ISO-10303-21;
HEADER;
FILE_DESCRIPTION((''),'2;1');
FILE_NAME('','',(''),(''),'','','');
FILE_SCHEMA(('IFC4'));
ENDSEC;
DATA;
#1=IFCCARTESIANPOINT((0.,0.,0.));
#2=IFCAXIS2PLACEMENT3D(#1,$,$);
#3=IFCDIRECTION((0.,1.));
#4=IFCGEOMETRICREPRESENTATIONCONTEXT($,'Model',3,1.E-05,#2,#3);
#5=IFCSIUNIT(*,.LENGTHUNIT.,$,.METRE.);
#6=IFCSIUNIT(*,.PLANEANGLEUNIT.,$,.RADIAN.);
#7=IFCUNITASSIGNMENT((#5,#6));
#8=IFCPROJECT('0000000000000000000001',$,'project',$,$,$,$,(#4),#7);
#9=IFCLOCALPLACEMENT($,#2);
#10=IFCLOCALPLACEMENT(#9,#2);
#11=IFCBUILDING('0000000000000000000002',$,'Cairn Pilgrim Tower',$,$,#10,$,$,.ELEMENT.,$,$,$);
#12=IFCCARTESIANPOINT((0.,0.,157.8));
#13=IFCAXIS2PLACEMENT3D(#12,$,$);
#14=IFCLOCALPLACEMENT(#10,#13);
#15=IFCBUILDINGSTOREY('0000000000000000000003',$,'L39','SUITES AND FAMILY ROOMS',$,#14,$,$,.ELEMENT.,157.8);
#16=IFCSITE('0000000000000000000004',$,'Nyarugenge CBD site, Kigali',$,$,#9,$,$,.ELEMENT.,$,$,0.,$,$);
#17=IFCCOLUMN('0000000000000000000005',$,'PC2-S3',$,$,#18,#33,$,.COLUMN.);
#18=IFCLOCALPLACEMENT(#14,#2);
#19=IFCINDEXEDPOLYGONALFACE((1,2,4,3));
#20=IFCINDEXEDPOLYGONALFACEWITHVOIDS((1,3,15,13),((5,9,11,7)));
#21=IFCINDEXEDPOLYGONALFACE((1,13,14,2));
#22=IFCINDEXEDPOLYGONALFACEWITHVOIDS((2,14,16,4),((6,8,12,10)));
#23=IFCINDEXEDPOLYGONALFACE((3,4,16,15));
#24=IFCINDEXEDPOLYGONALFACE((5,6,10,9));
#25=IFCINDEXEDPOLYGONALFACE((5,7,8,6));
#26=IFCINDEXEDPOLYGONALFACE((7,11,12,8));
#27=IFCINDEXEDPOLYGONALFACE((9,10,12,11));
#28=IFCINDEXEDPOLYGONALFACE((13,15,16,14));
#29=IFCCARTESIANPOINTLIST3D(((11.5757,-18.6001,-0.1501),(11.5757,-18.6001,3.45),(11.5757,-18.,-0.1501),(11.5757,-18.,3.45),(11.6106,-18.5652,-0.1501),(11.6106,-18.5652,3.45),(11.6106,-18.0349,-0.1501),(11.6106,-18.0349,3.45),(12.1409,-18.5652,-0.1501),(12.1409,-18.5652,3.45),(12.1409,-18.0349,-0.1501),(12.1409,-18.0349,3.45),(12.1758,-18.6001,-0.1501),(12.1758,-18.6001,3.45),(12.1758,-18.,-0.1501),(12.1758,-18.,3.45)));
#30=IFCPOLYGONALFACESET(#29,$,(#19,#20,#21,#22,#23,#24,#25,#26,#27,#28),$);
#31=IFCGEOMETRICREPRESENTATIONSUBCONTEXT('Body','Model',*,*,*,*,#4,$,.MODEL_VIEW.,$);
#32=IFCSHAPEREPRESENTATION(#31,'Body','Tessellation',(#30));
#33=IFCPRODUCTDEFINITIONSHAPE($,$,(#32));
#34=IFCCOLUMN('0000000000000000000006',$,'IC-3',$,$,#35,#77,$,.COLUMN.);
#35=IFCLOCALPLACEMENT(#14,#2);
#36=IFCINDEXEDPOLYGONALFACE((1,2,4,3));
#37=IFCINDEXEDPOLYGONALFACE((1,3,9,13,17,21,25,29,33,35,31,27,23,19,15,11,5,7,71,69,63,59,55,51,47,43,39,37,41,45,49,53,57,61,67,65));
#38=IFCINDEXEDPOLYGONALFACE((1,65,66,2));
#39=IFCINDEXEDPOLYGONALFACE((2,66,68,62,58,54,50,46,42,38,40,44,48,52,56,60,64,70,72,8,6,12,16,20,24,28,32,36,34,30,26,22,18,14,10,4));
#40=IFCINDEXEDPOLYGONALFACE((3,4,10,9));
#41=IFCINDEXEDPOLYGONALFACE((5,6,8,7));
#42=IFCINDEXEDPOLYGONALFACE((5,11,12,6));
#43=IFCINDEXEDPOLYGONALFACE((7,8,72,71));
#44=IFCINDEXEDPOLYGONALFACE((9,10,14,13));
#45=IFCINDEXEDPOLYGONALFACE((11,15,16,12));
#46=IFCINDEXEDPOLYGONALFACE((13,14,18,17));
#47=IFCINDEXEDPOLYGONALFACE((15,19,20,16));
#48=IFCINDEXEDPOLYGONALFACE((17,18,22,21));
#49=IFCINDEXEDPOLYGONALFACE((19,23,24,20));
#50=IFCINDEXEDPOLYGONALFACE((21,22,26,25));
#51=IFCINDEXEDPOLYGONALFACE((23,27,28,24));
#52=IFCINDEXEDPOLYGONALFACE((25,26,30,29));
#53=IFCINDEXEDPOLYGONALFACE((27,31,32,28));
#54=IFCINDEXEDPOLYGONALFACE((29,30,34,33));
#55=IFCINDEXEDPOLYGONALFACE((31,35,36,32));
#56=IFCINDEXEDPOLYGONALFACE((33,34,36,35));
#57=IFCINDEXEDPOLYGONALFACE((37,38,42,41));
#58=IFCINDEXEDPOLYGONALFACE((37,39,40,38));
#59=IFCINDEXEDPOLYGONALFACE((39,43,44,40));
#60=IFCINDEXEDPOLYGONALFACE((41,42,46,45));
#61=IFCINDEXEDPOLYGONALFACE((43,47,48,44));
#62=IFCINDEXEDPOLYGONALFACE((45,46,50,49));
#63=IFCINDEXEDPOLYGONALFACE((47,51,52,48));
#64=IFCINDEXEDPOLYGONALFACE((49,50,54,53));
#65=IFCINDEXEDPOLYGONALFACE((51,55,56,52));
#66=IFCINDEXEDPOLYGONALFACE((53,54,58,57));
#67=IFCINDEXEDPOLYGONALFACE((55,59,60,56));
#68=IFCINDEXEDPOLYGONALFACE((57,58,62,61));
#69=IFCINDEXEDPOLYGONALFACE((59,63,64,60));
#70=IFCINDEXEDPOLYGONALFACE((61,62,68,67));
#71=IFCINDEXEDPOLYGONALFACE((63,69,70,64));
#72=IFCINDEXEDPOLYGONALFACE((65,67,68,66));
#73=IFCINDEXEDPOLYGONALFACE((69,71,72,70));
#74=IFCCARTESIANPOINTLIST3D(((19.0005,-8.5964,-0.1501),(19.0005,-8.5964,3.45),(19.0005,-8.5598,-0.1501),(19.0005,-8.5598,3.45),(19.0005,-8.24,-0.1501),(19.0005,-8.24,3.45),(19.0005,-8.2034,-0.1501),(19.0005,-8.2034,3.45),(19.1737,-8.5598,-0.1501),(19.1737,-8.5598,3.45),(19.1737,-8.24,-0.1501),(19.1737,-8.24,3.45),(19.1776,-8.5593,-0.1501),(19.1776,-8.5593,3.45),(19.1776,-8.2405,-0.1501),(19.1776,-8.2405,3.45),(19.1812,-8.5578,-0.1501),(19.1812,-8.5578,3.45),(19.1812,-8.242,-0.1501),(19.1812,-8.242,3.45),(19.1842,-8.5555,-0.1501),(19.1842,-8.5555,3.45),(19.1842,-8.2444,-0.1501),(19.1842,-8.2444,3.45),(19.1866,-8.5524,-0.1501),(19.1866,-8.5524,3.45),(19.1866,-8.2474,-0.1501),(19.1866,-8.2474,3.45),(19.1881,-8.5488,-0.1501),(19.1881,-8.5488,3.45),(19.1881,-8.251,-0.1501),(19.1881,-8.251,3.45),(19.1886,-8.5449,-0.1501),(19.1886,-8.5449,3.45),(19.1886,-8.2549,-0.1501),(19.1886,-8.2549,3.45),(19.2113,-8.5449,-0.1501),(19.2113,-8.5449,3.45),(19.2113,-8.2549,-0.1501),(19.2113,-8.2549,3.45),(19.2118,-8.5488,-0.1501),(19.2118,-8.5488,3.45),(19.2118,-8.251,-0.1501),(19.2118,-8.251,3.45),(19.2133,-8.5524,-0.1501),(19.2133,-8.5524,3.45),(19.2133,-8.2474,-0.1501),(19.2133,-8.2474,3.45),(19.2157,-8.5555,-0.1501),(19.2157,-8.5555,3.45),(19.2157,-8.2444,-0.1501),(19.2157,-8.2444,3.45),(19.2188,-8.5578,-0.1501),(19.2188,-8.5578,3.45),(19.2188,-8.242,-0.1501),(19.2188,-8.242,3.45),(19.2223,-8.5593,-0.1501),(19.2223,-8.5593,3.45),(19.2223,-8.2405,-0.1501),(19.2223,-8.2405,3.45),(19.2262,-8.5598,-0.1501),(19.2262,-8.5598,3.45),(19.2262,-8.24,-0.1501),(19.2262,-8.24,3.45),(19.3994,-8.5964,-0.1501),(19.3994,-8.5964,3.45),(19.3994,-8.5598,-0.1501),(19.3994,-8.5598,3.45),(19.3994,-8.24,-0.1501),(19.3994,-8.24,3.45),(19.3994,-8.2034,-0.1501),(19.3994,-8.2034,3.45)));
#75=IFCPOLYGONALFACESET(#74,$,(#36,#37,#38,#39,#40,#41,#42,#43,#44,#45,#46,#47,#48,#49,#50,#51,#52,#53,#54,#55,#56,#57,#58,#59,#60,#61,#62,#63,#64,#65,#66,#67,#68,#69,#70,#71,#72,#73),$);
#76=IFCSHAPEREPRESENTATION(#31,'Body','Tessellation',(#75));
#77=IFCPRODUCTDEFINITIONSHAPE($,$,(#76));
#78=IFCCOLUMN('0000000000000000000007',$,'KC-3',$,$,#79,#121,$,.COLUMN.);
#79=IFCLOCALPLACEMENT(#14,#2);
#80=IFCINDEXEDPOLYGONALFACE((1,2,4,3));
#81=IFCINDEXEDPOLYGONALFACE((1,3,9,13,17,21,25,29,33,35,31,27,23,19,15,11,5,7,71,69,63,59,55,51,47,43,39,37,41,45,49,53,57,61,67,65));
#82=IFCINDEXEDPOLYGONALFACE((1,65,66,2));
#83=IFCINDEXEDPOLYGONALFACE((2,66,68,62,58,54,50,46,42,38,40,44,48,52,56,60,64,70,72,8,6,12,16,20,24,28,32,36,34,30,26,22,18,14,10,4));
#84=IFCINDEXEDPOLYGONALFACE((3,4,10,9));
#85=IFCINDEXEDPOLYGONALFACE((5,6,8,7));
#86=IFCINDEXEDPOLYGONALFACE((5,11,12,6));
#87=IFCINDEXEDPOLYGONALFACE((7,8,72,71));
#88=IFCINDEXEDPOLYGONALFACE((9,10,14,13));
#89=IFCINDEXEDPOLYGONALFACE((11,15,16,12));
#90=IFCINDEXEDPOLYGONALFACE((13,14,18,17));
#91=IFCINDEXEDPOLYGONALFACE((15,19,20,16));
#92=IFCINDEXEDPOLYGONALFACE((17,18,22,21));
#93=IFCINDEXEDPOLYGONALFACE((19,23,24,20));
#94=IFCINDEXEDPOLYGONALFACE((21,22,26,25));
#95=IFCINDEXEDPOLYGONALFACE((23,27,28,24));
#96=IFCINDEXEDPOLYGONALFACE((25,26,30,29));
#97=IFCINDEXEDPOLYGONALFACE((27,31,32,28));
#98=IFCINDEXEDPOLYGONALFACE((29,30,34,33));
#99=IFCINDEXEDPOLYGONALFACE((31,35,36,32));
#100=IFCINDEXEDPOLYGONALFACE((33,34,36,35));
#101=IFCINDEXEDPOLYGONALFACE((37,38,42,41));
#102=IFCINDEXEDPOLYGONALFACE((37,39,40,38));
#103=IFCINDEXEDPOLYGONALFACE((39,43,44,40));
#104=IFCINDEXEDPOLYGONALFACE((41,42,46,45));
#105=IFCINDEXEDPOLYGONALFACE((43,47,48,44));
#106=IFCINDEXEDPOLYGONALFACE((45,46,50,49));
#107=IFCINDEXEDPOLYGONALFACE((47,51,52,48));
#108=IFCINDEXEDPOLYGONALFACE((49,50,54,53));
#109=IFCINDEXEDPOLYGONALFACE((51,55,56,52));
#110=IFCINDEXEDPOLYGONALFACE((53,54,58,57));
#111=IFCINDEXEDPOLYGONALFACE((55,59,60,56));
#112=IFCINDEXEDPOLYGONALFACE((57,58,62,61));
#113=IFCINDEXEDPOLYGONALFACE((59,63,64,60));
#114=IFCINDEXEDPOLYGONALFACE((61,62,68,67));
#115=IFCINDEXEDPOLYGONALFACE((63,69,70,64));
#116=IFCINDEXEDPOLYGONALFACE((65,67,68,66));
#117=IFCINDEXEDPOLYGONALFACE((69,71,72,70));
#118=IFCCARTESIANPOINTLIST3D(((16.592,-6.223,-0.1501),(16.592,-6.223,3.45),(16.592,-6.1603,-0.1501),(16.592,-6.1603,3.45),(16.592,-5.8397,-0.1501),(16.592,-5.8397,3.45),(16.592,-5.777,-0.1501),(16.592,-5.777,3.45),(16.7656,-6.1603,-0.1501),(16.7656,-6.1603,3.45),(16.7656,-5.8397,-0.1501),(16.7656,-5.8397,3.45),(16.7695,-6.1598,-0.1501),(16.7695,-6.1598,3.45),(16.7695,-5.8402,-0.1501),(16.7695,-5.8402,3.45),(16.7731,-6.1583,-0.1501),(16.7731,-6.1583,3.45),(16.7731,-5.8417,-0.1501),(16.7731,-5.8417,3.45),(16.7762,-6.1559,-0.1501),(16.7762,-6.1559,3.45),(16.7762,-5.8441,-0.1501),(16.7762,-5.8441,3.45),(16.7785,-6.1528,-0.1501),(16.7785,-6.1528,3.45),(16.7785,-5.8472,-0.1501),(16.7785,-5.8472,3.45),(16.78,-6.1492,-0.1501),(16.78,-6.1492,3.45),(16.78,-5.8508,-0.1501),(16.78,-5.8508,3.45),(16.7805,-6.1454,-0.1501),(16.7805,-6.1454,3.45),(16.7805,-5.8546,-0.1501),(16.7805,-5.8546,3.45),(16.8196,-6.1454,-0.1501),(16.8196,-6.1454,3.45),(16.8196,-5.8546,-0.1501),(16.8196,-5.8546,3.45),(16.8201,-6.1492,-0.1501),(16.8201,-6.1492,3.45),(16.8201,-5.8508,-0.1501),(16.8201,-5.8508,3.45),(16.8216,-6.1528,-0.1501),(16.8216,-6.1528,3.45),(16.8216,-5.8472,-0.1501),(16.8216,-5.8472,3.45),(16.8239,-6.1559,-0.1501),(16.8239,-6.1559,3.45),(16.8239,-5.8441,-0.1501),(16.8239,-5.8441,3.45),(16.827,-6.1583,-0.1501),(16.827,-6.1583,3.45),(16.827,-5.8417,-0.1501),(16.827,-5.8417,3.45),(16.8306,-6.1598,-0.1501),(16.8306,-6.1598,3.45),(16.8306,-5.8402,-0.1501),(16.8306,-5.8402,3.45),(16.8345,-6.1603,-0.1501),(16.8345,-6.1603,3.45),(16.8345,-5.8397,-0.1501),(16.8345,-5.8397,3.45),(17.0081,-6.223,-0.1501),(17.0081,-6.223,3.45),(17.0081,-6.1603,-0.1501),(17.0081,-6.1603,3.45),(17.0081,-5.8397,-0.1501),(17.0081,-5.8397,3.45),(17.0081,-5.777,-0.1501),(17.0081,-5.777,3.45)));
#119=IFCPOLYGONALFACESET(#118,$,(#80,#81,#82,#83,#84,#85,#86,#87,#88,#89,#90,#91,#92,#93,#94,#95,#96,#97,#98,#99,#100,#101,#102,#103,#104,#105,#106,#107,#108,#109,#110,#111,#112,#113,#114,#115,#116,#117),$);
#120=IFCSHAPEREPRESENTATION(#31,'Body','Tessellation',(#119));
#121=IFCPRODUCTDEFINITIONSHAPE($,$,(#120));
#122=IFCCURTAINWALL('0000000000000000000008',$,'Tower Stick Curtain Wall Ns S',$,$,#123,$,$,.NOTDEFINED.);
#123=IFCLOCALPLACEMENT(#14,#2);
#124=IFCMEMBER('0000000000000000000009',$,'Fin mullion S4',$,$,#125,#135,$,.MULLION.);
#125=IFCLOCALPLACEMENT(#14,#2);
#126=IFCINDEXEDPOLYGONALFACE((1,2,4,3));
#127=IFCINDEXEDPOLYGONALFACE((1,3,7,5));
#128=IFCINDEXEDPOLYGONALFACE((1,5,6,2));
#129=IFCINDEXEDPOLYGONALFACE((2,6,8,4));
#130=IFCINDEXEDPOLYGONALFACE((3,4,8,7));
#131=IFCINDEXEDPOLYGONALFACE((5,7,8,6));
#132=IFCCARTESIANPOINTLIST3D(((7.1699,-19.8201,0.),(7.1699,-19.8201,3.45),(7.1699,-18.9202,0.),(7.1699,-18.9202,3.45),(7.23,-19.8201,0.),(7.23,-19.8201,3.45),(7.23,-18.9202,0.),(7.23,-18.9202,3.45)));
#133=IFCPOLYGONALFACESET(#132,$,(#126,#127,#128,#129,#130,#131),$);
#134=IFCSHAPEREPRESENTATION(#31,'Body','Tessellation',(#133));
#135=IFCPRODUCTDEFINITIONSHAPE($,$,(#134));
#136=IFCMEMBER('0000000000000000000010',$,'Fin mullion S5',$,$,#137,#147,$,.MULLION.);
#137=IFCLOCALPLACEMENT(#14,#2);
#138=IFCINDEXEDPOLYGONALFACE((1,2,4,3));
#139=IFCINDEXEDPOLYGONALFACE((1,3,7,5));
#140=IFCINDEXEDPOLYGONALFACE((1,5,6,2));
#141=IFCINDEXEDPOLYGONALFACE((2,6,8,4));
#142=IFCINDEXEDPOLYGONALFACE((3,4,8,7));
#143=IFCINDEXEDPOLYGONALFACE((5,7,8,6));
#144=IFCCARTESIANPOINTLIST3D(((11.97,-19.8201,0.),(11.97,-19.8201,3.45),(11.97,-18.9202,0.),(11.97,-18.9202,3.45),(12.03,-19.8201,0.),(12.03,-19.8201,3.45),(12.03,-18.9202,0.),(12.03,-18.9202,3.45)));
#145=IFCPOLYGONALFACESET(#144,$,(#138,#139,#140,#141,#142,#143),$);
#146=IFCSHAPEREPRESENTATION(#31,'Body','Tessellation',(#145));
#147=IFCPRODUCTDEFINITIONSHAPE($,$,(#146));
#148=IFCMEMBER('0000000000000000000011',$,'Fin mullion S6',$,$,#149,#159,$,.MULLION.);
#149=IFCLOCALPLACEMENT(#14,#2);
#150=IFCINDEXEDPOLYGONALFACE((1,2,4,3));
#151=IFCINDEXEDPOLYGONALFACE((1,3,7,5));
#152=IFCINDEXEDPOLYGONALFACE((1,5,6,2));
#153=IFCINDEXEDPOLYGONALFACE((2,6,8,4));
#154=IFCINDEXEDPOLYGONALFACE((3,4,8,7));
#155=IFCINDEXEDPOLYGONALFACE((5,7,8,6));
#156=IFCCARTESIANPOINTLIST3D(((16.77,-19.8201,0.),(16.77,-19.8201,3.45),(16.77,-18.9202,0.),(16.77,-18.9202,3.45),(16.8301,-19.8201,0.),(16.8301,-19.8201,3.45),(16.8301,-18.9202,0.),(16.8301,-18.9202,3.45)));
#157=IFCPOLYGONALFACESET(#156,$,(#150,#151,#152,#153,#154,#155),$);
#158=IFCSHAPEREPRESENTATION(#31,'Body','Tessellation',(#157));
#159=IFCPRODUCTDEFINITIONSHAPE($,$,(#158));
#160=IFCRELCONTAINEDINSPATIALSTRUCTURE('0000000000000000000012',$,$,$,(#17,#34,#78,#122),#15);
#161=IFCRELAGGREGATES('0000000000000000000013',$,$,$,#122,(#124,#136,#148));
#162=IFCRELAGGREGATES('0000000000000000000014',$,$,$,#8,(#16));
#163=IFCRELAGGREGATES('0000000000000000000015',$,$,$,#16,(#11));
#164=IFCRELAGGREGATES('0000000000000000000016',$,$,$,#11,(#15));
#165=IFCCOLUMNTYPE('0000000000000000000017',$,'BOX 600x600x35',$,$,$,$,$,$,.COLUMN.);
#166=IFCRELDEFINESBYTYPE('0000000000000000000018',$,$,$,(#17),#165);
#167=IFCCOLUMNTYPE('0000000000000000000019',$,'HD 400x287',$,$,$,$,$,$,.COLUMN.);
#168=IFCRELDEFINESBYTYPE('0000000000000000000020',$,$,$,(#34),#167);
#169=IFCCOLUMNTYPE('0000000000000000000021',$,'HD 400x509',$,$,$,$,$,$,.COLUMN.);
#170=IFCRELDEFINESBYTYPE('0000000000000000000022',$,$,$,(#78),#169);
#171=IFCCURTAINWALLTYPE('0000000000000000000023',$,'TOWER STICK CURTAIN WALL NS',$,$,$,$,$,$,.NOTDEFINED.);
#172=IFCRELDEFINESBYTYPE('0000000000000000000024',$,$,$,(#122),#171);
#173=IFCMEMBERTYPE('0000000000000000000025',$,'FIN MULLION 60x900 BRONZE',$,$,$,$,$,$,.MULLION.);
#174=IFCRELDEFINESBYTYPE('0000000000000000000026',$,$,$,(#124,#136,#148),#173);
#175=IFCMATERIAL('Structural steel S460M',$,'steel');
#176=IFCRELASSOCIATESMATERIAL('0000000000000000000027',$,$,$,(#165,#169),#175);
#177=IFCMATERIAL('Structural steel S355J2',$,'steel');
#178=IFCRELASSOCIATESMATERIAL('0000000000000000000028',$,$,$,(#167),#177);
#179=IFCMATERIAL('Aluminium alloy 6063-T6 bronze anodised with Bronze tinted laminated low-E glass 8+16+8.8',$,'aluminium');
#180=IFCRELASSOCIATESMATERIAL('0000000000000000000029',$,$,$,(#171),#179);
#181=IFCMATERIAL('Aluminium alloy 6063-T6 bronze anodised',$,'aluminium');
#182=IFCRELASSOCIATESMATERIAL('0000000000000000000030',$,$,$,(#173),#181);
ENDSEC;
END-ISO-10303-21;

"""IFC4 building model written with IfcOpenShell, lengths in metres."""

from ifc_helpers import new_model, si_unit, direction, frame, origin, origin_2d, place, context, subcontext, project, spatial, rectangle, hollow_rectangle, i_section, extrude, material, material_profile, profile_set, type_object, element, aggregate, save


model = new_model("IFC4")

# Units and contexts
model_context = context("Model", 3, precision=1e-05, world=origin(), true_north=direction((0.0, 1.0)))
body_context = subcontext(model_context, "Body", "Model", "MODEL_VIEW")
ifc_project = project(units=[si_unit("LENGTHUNIT", "METRE"), si_unit("PLANEANGLEUNIT", "RADIAN")], contexts=[model_context])

# Site, building, storey
site_placement = place(None, origin())
site = spatial("IfcSite", under=ifc_project, at=site_placement, Name="Nyarugenge CBD site, Kigali", CompositionType="ELEMENT", RefElevation=0.0)
building_placement = place(site_placement, origin())
building = spatial("IfcBuilding", under=site, at=building_placement, Name="Cairn Pilgrim Tower", CompositionType="ELEMENT")
storey_placement = place(building_placement, frame((0.0, 0.0, 157.8)))
storey = spatial("IfcBuildingStorey", under=building, at=storey_placement, Name="L39", Description="SUITES AND FAMILY ROOMS", CompositionType="ELEMENT", Elevation=157.8)

# Columns
ifc_material_1 = material(Name="Structural steel S460M", Category="steel")
ifc_material_profile_1 = material_profile(ifc_material_1, hollow_rectangle(XDim=0.6001, YDim=0.6001, WallThickness=0.0349, at=origin_2d()), Name="BOX 600x600x35")
ifc_profile_set_1 = profile_set([ifc_material_profile_1], Name="Structural steel S460M")
column_type_1 = type_object("IfcColumnType", Name="BOX 600x600x35", PredefinedType="COLUMN", material=ifc_profile_set_1)
column_1_placement = place(storey_placement, frame((11.8757, -18.3, -0.1501), z_axis=(0.0, 0.0, 1.0), x_axis=(1.0, 0.0, 0.0)))
element("IfcColumn", 1, at=column_1_placement, inside=storey, type_object=column_type_1, Name="PC2-S3", PredefinedType="COLUMN", context=body_context, shape_type="SweptSolid", body=[
    extrude(hollow_rectangle(XDim=0.6001, YDim=0.6001, WallThickness=0.0349, at=origin_2d()), origin(), (0.0, 0.0, 1.0), 3.6001),
])
ifc_material_2 = material(Name="Structural steel S355J2", Category="steel")
ifc_material_profile_2 = material_profile(ifc_material_2, i_section(OverallWidth=0.3989, OverallDepth=0.3931, WebThickness=0.0227, FlangeThickness=0.0366, FilletRadius=0.0149, at=origin_2d()), Name="HD 400x287")
ifc_profile_set_2 = profile_set([ifc_material_profile_2], Name="Structural steel S355J2")
column_type_2 = type_object("IfcColumnType", Name="HD 400x287", PredefinedType="COLUMN", material=ifc_profile_set_2)
column_2_placement = place(storey_placement, frame((19.2, -8.3999, -0.1501), z_axis=(0.0, 0.0, 1.0), x_axis=(1.0, 0.0, 0.0)))
element("IfcColumn", 2, at=column_2_placement, inside=storey, type_object=column_type_2, Name="IC-3", PredefinedType="COLUMN", context=body_context, shape_type="SweptSolid", body=[
    extrude(i_section(OverallWidth=0.3989, OverallDepth=0.3931, WebThickness=0.0227, FlangeThickness=0.0366, FilletRadius=0.0149, at=origin_2d()), origin(), (0.0, 0.0, 1.0), 3.6001),
])
ifc_material_profile_3 = material_profile(ifc_material_1, i_section(OverallWidth=0.416, OverallDepth=0.446, WebThickness=0.0391, FlangeThickness=0.0627, FilletRadius=0.0149, at=origin_2d()), Name="HD 400x509")
ifc_profile_set_3 = profile_set([ifc_material_profile_3], Name="Structural steel S460M")
column_type_3 = type_object("IfcColumnType", Name="HD 400x509", PredefinedType="COLUMN", material=ifc_profile_set_3)
column_3_placement = place(storey_placement, frame((16.8, -6.0, -0.1501), z_axis=(0.0, 0.0, 1.0), x_axis=(1.0, 0.0, 0.0)))
element("IfcColumn", 3, at=column_3_placement, inside=storey, type_object=column_type_3, Name="KC-3", PredefinedType="COLUMN", context=body_context, shape_type="SweptSolid", body=[
    extrude(i_section(OverallWidth=0.416, OverallDepth=0.446, WebThickness=0.0391, FlangeThickness=0.0627, FilletRadius=0.0149, at=origin_2d()), origin(), (0.0, 0.0, 1.0), 3.6001),
])

# Curtain wall, members
ifc_material_3 = material(Name="Aluminium alloy 6063-T6 bronze anodised with Bronze tinted laminated low-E glass 8+16+8.8", Category="aluminium")
curtain_wall_type = type_object("IfcCurtainWallType", Name="TOWER STICK CURTAIN WALL NS", PredefinedType="NOTDEFINED", material=ifc_material_3)
curtain_wall_placement = place(storey_placement, origin())
curtain_wall = element("IfcCurtainWall", 4, at=curtain_wall_placement, inside=storey, type_object=curtain_wall_type, Name="Tower Stick Curtain Wall Ns S", PredefinedType="NOTDEFINED")
ifc_material_4 = material(Name="Aluminium alloy 6063-T6 bronze anodised", Category="aluminium")
ifc_material_profile_4 = material_profile(ifc_material_4, rectangle(XDim=0.8999, YDim=0.0601, at=origin_2d()), Name="FIN MULLION 60x900 BRONZE")
ifc_profile_set_4 = profile_set([ifc_material_profile_4], Name="Aluminium alloy 6063-T6 bronze anodised")
member_type_1 = type_object("IfcMemberType", Name="FIN MULLION 60x900 BRONZE", PredefinedType="MULLION", material=ifc_profile_set_4)
member_1_placement = place(storey_placement, frame((7.2, -19.3701, 0.0), z_axis=(0.0, 0.0, 1.0), x_axis=(0.0, -1.0, 0.0)))
member_1 = element("IfcMember", 5, at=member_1_placement, type_object=member_type_1, Name="Fin mullion S4", PredefinedType="MULLION", context=body_context, shape_type="SweptSolid", body=[
    extrude(rectangle(XDim=0.8999, YDim=0.0601, at=origin_2d()), origin(), (0.0, 0.0, 1.0), 3.45),
])
member_2_placement = place(storey_placement, frame((12.0, -19.3701, 0.0), z_axis=(0.0, 0.0, 1.0), x_axis=(0.0, -1.0, 0.0)))
member_2 = element("IfcMember", 6, at=member_2_placement, type_object=member_type_1, Name="Fin mullion S5", PredefinedType="MULLION", context=body_context, shape_type="SweptSolid", body=[
    extrude(rectangle(XDim=0.8999, YDim=0.0601, at=origin_2d()), origin(), (0.0, 0.0, 1.0), 3.45),
])
member_3_placement = place(storey_placement, frame((16.8, -19.3701, 0.0), z_axis=(0.0, 0.0, 1.0), x_axis=(0.0, -1.0, 0.0)))
member_3 = element("IfcMember", 7, at=member_3_placement, type_object=member_type_1, Name="Fin mullion S6", PredefinedType="MULLION", context=body_context, shape_type="SweptSolid", body=[
    extrude(rectangle(XDim=0.8999, YDim=0.0601, at=origin_2d()), origin(), (0.0, 0.0, 1.0), 3.45),
])

aggregate(curtain_wall, [member_1, member_2, member_3])

save(model, "model.ifc")
